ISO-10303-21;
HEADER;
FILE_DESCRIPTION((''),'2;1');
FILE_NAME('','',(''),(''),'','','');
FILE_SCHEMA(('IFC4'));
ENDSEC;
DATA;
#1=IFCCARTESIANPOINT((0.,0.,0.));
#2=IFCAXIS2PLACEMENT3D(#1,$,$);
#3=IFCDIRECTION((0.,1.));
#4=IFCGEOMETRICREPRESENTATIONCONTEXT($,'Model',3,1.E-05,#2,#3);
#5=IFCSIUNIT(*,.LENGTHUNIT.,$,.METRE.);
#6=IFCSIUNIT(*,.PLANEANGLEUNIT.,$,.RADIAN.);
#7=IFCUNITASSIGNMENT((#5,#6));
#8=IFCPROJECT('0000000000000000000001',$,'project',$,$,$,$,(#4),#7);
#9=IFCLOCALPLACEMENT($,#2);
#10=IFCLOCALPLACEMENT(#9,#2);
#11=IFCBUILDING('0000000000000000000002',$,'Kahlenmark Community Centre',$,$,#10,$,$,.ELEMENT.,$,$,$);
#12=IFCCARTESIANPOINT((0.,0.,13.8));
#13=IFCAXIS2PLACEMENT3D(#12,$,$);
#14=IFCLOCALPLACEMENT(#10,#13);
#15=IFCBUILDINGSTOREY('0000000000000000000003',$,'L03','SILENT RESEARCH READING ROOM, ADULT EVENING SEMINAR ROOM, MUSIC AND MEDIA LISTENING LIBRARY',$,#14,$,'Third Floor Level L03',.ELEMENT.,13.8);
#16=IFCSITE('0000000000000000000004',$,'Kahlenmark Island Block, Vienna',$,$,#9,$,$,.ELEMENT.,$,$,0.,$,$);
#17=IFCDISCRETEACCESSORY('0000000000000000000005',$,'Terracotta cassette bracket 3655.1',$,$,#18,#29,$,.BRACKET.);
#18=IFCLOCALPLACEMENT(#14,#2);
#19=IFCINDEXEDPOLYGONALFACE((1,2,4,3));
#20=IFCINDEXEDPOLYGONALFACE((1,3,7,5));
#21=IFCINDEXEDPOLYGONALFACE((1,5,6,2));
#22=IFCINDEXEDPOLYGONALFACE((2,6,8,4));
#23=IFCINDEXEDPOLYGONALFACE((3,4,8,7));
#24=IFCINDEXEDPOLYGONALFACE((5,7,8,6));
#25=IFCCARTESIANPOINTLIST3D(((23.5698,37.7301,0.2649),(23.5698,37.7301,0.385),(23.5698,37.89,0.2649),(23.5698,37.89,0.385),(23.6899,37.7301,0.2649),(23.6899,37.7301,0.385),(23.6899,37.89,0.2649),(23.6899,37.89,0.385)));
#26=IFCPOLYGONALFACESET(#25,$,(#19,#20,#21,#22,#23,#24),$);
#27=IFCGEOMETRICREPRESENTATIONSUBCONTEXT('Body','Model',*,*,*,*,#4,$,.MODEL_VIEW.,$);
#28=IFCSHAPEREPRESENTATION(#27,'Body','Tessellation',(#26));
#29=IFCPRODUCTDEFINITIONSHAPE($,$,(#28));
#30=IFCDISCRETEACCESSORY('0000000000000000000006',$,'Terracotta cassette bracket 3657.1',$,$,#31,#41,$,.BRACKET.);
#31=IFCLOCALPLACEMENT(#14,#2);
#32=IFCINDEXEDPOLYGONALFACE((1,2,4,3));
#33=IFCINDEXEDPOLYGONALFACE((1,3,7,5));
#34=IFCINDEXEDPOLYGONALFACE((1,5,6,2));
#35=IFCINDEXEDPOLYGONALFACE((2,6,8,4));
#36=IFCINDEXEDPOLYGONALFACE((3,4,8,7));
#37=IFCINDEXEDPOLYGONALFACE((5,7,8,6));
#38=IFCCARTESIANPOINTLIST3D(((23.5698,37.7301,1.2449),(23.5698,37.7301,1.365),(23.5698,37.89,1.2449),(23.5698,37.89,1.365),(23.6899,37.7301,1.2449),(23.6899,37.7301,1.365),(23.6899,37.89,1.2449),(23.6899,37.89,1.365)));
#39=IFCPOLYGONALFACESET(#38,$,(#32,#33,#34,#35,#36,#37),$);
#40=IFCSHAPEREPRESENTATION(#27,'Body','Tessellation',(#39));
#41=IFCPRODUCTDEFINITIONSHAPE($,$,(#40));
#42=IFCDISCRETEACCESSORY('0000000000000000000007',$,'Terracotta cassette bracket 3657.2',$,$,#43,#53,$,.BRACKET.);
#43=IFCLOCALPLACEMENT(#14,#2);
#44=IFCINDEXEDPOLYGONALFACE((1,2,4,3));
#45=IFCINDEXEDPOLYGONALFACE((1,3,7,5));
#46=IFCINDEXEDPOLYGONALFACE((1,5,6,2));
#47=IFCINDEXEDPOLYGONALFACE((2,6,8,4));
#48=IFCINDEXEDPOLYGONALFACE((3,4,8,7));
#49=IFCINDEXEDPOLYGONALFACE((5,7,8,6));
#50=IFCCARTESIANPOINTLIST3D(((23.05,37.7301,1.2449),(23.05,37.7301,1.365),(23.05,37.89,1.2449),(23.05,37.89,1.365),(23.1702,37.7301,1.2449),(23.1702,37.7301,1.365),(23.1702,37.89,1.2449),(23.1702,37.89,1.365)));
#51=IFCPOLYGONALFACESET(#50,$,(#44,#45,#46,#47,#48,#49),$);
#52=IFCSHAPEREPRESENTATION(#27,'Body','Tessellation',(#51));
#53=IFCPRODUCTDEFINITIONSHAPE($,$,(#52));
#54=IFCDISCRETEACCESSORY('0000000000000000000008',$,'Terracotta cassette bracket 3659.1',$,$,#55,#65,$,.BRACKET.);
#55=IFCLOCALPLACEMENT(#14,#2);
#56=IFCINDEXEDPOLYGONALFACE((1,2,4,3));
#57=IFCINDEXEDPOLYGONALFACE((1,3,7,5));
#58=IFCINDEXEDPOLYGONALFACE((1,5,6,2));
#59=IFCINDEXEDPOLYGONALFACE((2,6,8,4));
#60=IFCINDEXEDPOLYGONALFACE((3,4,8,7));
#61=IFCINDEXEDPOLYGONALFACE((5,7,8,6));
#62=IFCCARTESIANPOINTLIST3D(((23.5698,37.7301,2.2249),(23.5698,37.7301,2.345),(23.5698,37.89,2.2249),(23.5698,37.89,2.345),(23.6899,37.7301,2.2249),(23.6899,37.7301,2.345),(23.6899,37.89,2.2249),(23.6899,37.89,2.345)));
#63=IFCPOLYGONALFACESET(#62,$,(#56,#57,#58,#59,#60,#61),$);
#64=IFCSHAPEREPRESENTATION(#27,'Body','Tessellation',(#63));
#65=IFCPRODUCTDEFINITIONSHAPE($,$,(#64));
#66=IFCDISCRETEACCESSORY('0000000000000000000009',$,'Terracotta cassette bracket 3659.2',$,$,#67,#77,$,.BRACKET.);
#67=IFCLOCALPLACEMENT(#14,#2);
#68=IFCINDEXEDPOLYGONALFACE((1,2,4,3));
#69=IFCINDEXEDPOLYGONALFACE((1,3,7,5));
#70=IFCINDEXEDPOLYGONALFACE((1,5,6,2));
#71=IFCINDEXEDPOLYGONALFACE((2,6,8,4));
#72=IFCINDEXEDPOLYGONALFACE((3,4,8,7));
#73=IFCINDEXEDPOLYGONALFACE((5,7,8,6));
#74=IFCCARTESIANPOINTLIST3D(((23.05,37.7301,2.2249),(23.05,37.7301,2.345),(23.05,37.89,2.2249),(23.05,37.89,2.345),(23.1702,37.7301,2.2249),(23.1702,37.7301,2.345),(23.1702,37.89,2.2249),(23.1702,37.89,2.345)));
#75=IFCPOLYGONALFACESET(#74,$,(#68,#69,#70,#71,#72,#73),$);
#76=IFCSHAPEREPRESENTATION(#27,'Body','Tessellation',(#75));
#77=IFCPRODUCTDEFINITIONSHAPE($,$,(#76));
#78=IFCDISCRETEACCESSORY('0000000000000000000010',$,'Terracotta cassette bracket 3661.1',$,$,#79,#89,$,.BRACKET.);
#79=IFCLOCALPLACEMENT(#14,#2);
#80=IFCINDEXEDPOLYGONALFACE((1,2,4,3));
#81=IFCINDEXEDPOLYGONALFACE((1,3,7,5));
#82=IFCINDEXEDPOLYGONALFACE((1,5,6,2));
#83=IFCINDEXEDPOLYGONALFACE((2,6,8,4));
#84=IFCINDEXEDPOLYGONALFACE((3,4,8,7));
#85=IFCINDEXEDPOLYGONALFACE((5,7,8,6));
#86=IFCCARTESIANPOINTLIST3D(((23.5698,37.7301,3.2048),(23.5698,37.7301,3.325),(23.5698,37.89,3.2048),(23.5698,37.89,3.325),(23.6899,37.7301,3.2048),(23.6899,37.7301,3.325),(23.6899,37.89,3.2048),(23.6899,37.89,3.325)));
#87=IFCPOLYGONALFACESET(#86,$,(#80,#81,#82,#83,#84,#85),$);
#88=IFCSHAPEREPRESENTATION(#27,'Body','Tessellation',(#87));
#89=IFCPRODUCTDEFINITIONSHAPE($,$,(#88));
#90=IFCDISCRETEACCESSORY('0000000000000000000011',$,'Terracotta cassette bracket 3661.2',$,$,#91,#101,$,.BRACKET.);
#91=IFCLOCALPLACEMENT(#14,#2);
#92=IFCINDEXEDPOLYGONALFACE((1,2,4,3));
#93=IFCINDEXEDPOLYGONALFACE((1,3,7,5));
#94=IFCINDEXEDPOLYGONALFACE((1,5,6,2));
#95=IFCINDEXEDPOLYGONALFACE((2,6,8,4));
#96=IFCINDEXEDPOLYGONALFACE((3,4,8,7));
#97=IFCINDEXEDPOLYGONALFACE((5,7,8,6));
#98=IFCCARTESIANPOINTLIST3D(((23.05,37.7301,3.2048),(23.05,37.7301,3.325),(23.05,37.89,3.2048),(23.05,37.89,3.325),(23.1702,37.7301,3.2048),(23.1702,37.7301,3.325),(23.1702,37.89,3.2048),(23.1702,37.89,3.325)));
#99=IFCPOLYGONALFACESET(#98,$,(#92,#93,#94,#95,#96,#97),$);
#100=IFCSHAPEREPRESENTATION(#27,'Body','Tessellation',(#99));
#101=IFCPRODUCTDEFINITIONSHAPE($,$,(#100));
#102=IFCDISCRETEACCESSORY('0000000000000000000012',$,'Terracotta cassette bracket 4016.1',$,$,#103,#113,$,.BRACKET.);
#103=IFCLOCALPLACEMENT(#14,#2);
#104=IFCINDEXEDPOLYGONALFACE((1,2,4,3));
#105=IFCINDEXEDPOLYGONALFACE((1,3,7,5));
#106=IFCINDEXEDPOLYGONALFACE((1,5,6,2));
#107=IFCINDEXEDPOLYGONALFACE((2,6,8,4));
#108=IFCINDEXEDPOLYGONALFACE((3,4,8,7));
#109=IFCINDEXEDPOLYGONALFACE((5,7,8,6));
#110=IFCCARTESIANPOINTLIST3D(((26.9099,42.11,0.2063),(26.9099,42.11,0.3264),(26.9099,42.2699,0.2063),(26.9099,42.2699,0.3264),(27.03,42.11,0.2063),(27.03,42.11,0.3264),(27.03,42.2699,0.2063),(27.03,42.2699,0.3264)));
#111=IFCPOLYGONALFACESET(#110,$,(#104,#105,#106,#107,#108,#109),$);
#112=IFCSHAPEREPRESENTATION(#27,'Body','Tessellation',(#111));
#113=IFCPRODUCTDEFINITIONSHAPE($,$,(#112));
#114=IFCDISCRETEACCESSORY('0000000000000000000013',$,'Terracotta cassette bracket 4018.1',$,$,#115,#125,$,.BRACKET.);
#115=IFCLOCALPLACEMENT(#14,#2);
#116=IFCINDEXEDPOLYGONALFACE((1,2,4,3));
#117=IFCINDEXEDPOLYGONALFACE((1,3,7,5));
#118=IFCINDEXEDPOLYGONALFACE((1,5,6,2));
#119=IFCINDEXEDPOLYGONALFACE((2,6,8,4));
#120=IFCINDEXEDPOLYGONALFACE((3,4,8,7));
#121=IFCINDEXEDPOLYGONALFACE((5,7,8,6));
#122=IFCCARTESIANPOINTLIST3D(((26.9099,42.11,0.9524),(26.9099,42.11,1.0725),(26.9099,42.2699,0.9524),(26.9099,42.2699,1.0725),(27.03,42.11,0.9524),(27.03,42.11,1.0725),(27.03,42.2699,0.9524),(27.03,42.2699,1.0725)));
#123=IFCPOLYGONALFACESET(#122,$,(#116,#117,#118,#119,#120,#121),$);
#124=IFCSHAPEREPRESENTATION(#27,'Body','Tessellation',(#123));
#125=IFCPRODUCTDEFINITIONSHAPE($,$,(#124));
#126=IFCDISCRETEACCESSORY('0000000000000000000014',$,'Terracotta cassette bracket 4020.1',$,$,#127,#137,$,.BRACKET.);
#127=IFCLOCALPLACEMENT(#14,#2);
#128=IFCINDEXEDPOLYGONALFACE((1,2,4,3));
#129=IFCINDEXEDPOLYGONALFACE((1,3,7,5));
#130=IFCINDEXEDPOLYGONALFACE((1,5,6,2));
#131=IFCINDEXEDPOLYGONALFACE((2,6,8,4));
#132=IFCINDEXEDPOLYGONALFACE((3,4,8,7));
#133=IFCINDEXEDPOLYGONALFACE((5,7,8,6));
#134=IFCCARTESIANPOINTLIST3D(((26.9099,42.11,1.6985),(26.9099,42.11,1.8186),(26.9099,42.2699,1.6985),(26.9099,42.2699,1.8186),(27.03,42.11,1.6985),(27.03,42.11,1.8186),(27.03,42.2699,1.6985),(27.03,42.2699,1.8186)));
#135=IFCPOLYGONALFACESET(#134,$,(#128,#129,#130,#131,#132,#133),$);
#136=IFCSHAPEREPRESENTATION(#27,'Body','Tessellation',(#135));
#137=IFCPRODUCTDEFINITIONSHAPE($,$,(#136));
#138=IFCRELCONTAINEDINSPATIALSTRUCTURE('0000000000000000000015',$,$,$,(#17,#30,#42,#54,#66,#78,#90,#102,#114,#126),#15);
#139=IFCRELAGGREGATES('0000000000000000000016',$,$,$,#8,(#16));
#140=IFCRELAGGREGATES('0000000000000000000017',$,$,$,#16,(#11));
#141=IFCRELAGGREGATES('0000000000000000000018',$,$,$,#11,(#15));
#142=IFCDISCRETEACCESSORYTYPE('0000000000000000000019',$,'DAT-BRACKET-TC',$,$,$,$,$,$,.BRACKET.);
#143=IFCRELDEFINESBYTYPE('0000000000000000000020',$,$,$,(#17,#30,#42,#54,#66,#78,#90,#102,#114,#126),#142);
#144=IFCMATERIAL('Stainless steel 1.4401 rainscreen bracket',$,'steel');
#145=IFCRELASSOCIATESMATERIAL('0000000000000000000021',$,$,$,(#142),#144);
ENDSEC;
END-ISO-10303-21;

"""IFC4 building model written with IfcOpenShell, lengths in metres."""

from ifc_helpers import new_model, si_unit, direction, frame, origin, origin_2d, place, context, subcontext, project, spatial, rectangle, extrude, material, type_object, element, save


model = new_model("IFC4")

# Units and contexts
model_context = context("Model", 3, precision=1e-05, world=origin(), true_north=direction((0.0, 1.0)))
body_context = subcontext(model_context, "Body", "Model", "MODEL_VIEW")
ifc_project = project(units=[si_unit("LENGTHUNIT", "METRE"), si_unit("PLANEANGLEUNIT", "RADIAN")], contexts=[model_context])

# Site, building, storey
site_placement = place(None, origin())
site = spatial("IfcSite", under=ifc_project, at=site_placement, Name="Kahlenmark Island Block, Vienna", CompositionType="ELEMENT", RefElevation=0.0)
building_placement = place(site_placement, origin())
building = spatial("IfcBuilding", under=site, at=building_placement, Name="Kahlenmark Community Centre", CompositionType="ELEMENT")
storey_placement = place(building_placement, frame((0.0, 0.0, 13.8)))
storey = spatial("IfcBuildingStorey", under=building, at=storey_placement, Name="L03", Description="SILENT RESEARCH READING ROOM, ADULT EVENING SEMINAR ROOM, MUSIC AND MEDIA LISTENING LIBRARY", LongName="Third Floor Level L03", CompositionType="ELEMENT", Elevation=13.8)

# Discrete accessories
ifc_material_1 = material(Name="Stainless steel 1.4401 rainscreen bracket", Category="steel")
discrete_accessory_type = type_object("IfcDiscreteAccessoryType", Name="DAT-BRACKET-TC", PredefinedType="BRACKET", material=ifc_material_1)
for number, where, z_axis, x_axis, name in (
    (1, (23.6299, 37.8101, 0.2649), (0.0, 0.0, 1.0), (-1.0, 0.0, 0.0), "Terracotta cassette bracket 3655.1"),
    (2, (23.6299, 37.8101, 1.2449), (0.0, 0.0, 1.0), (-1.0, 0.0, 0.0), "Terracotta cassette bracket 3657.1"),
    (3, (23.1101, 37.8101, 1.2449), (0.0, 0.0, 1.0), (-1.0, 0.0, 0.0), "Terracotta cassette bracket 3657.2"),
    (4, (23.6299, 37.8101, 2.2249), (0.0, 0.0, 1.0), (-1.0, 0.0, 0.0), "Terracotta cassette bracket 3659.1"),
    (5, (23.1101, 37.8101, 2.2249), (0.0, 0.0, 1.0), (-1.0, 0.0, 0.0), "Terracotta cassette bracket 3659.2"),
    (6, (23.6299, 37.8101, 3.2048), (0.0, 0.0, 1.0), (-1.0, 0.0, 0.0), "Terracotta cassette bracket 3661.1"),
    (7, (23.1101, 37.8101, 3.2048), (0.0, 0.0, 1.0), (-1.0, 0.0, 0.0), "Terracotta cassette bracket 3661.2"),
    (8, (26.97, 42.1899, 0.2063), (0.0, 0.0, 1.0), (1.0, 0.0, 0.0), "Terracotta cassette bracket 4016.1"),
    (9, (26.97, 42.1899, 0.9524), (0.0, 0.0, 1.0), (1.0, 0.0, 0.0), "Terracotta cassette bracket 4018.1"),
    (10, (26.97, 42.1899, 1.6985), (0.0, 0.0, 1.0), (1.0, 0.0, 0.0), "Terracotta cassette bracket 4020.1"),
):
    element("IfcDiscreteAccessory", number, at=place(storey_placement, frame(where, z_axis=z_axis, x_axis=x_axis)), inside=storey, type_object=discrete_accessory_type, Name=name, PredefinedType="BRACKET", context=body_context, shape_type="SweptSolid", body=[
        extrude(rectangle(XDim=0.1201, YDim=0.1599, at=origin_2d()), origin(), (0.0, 0.0, 1.0), 0.1201),
    ])

save(model, "model.ifc")
